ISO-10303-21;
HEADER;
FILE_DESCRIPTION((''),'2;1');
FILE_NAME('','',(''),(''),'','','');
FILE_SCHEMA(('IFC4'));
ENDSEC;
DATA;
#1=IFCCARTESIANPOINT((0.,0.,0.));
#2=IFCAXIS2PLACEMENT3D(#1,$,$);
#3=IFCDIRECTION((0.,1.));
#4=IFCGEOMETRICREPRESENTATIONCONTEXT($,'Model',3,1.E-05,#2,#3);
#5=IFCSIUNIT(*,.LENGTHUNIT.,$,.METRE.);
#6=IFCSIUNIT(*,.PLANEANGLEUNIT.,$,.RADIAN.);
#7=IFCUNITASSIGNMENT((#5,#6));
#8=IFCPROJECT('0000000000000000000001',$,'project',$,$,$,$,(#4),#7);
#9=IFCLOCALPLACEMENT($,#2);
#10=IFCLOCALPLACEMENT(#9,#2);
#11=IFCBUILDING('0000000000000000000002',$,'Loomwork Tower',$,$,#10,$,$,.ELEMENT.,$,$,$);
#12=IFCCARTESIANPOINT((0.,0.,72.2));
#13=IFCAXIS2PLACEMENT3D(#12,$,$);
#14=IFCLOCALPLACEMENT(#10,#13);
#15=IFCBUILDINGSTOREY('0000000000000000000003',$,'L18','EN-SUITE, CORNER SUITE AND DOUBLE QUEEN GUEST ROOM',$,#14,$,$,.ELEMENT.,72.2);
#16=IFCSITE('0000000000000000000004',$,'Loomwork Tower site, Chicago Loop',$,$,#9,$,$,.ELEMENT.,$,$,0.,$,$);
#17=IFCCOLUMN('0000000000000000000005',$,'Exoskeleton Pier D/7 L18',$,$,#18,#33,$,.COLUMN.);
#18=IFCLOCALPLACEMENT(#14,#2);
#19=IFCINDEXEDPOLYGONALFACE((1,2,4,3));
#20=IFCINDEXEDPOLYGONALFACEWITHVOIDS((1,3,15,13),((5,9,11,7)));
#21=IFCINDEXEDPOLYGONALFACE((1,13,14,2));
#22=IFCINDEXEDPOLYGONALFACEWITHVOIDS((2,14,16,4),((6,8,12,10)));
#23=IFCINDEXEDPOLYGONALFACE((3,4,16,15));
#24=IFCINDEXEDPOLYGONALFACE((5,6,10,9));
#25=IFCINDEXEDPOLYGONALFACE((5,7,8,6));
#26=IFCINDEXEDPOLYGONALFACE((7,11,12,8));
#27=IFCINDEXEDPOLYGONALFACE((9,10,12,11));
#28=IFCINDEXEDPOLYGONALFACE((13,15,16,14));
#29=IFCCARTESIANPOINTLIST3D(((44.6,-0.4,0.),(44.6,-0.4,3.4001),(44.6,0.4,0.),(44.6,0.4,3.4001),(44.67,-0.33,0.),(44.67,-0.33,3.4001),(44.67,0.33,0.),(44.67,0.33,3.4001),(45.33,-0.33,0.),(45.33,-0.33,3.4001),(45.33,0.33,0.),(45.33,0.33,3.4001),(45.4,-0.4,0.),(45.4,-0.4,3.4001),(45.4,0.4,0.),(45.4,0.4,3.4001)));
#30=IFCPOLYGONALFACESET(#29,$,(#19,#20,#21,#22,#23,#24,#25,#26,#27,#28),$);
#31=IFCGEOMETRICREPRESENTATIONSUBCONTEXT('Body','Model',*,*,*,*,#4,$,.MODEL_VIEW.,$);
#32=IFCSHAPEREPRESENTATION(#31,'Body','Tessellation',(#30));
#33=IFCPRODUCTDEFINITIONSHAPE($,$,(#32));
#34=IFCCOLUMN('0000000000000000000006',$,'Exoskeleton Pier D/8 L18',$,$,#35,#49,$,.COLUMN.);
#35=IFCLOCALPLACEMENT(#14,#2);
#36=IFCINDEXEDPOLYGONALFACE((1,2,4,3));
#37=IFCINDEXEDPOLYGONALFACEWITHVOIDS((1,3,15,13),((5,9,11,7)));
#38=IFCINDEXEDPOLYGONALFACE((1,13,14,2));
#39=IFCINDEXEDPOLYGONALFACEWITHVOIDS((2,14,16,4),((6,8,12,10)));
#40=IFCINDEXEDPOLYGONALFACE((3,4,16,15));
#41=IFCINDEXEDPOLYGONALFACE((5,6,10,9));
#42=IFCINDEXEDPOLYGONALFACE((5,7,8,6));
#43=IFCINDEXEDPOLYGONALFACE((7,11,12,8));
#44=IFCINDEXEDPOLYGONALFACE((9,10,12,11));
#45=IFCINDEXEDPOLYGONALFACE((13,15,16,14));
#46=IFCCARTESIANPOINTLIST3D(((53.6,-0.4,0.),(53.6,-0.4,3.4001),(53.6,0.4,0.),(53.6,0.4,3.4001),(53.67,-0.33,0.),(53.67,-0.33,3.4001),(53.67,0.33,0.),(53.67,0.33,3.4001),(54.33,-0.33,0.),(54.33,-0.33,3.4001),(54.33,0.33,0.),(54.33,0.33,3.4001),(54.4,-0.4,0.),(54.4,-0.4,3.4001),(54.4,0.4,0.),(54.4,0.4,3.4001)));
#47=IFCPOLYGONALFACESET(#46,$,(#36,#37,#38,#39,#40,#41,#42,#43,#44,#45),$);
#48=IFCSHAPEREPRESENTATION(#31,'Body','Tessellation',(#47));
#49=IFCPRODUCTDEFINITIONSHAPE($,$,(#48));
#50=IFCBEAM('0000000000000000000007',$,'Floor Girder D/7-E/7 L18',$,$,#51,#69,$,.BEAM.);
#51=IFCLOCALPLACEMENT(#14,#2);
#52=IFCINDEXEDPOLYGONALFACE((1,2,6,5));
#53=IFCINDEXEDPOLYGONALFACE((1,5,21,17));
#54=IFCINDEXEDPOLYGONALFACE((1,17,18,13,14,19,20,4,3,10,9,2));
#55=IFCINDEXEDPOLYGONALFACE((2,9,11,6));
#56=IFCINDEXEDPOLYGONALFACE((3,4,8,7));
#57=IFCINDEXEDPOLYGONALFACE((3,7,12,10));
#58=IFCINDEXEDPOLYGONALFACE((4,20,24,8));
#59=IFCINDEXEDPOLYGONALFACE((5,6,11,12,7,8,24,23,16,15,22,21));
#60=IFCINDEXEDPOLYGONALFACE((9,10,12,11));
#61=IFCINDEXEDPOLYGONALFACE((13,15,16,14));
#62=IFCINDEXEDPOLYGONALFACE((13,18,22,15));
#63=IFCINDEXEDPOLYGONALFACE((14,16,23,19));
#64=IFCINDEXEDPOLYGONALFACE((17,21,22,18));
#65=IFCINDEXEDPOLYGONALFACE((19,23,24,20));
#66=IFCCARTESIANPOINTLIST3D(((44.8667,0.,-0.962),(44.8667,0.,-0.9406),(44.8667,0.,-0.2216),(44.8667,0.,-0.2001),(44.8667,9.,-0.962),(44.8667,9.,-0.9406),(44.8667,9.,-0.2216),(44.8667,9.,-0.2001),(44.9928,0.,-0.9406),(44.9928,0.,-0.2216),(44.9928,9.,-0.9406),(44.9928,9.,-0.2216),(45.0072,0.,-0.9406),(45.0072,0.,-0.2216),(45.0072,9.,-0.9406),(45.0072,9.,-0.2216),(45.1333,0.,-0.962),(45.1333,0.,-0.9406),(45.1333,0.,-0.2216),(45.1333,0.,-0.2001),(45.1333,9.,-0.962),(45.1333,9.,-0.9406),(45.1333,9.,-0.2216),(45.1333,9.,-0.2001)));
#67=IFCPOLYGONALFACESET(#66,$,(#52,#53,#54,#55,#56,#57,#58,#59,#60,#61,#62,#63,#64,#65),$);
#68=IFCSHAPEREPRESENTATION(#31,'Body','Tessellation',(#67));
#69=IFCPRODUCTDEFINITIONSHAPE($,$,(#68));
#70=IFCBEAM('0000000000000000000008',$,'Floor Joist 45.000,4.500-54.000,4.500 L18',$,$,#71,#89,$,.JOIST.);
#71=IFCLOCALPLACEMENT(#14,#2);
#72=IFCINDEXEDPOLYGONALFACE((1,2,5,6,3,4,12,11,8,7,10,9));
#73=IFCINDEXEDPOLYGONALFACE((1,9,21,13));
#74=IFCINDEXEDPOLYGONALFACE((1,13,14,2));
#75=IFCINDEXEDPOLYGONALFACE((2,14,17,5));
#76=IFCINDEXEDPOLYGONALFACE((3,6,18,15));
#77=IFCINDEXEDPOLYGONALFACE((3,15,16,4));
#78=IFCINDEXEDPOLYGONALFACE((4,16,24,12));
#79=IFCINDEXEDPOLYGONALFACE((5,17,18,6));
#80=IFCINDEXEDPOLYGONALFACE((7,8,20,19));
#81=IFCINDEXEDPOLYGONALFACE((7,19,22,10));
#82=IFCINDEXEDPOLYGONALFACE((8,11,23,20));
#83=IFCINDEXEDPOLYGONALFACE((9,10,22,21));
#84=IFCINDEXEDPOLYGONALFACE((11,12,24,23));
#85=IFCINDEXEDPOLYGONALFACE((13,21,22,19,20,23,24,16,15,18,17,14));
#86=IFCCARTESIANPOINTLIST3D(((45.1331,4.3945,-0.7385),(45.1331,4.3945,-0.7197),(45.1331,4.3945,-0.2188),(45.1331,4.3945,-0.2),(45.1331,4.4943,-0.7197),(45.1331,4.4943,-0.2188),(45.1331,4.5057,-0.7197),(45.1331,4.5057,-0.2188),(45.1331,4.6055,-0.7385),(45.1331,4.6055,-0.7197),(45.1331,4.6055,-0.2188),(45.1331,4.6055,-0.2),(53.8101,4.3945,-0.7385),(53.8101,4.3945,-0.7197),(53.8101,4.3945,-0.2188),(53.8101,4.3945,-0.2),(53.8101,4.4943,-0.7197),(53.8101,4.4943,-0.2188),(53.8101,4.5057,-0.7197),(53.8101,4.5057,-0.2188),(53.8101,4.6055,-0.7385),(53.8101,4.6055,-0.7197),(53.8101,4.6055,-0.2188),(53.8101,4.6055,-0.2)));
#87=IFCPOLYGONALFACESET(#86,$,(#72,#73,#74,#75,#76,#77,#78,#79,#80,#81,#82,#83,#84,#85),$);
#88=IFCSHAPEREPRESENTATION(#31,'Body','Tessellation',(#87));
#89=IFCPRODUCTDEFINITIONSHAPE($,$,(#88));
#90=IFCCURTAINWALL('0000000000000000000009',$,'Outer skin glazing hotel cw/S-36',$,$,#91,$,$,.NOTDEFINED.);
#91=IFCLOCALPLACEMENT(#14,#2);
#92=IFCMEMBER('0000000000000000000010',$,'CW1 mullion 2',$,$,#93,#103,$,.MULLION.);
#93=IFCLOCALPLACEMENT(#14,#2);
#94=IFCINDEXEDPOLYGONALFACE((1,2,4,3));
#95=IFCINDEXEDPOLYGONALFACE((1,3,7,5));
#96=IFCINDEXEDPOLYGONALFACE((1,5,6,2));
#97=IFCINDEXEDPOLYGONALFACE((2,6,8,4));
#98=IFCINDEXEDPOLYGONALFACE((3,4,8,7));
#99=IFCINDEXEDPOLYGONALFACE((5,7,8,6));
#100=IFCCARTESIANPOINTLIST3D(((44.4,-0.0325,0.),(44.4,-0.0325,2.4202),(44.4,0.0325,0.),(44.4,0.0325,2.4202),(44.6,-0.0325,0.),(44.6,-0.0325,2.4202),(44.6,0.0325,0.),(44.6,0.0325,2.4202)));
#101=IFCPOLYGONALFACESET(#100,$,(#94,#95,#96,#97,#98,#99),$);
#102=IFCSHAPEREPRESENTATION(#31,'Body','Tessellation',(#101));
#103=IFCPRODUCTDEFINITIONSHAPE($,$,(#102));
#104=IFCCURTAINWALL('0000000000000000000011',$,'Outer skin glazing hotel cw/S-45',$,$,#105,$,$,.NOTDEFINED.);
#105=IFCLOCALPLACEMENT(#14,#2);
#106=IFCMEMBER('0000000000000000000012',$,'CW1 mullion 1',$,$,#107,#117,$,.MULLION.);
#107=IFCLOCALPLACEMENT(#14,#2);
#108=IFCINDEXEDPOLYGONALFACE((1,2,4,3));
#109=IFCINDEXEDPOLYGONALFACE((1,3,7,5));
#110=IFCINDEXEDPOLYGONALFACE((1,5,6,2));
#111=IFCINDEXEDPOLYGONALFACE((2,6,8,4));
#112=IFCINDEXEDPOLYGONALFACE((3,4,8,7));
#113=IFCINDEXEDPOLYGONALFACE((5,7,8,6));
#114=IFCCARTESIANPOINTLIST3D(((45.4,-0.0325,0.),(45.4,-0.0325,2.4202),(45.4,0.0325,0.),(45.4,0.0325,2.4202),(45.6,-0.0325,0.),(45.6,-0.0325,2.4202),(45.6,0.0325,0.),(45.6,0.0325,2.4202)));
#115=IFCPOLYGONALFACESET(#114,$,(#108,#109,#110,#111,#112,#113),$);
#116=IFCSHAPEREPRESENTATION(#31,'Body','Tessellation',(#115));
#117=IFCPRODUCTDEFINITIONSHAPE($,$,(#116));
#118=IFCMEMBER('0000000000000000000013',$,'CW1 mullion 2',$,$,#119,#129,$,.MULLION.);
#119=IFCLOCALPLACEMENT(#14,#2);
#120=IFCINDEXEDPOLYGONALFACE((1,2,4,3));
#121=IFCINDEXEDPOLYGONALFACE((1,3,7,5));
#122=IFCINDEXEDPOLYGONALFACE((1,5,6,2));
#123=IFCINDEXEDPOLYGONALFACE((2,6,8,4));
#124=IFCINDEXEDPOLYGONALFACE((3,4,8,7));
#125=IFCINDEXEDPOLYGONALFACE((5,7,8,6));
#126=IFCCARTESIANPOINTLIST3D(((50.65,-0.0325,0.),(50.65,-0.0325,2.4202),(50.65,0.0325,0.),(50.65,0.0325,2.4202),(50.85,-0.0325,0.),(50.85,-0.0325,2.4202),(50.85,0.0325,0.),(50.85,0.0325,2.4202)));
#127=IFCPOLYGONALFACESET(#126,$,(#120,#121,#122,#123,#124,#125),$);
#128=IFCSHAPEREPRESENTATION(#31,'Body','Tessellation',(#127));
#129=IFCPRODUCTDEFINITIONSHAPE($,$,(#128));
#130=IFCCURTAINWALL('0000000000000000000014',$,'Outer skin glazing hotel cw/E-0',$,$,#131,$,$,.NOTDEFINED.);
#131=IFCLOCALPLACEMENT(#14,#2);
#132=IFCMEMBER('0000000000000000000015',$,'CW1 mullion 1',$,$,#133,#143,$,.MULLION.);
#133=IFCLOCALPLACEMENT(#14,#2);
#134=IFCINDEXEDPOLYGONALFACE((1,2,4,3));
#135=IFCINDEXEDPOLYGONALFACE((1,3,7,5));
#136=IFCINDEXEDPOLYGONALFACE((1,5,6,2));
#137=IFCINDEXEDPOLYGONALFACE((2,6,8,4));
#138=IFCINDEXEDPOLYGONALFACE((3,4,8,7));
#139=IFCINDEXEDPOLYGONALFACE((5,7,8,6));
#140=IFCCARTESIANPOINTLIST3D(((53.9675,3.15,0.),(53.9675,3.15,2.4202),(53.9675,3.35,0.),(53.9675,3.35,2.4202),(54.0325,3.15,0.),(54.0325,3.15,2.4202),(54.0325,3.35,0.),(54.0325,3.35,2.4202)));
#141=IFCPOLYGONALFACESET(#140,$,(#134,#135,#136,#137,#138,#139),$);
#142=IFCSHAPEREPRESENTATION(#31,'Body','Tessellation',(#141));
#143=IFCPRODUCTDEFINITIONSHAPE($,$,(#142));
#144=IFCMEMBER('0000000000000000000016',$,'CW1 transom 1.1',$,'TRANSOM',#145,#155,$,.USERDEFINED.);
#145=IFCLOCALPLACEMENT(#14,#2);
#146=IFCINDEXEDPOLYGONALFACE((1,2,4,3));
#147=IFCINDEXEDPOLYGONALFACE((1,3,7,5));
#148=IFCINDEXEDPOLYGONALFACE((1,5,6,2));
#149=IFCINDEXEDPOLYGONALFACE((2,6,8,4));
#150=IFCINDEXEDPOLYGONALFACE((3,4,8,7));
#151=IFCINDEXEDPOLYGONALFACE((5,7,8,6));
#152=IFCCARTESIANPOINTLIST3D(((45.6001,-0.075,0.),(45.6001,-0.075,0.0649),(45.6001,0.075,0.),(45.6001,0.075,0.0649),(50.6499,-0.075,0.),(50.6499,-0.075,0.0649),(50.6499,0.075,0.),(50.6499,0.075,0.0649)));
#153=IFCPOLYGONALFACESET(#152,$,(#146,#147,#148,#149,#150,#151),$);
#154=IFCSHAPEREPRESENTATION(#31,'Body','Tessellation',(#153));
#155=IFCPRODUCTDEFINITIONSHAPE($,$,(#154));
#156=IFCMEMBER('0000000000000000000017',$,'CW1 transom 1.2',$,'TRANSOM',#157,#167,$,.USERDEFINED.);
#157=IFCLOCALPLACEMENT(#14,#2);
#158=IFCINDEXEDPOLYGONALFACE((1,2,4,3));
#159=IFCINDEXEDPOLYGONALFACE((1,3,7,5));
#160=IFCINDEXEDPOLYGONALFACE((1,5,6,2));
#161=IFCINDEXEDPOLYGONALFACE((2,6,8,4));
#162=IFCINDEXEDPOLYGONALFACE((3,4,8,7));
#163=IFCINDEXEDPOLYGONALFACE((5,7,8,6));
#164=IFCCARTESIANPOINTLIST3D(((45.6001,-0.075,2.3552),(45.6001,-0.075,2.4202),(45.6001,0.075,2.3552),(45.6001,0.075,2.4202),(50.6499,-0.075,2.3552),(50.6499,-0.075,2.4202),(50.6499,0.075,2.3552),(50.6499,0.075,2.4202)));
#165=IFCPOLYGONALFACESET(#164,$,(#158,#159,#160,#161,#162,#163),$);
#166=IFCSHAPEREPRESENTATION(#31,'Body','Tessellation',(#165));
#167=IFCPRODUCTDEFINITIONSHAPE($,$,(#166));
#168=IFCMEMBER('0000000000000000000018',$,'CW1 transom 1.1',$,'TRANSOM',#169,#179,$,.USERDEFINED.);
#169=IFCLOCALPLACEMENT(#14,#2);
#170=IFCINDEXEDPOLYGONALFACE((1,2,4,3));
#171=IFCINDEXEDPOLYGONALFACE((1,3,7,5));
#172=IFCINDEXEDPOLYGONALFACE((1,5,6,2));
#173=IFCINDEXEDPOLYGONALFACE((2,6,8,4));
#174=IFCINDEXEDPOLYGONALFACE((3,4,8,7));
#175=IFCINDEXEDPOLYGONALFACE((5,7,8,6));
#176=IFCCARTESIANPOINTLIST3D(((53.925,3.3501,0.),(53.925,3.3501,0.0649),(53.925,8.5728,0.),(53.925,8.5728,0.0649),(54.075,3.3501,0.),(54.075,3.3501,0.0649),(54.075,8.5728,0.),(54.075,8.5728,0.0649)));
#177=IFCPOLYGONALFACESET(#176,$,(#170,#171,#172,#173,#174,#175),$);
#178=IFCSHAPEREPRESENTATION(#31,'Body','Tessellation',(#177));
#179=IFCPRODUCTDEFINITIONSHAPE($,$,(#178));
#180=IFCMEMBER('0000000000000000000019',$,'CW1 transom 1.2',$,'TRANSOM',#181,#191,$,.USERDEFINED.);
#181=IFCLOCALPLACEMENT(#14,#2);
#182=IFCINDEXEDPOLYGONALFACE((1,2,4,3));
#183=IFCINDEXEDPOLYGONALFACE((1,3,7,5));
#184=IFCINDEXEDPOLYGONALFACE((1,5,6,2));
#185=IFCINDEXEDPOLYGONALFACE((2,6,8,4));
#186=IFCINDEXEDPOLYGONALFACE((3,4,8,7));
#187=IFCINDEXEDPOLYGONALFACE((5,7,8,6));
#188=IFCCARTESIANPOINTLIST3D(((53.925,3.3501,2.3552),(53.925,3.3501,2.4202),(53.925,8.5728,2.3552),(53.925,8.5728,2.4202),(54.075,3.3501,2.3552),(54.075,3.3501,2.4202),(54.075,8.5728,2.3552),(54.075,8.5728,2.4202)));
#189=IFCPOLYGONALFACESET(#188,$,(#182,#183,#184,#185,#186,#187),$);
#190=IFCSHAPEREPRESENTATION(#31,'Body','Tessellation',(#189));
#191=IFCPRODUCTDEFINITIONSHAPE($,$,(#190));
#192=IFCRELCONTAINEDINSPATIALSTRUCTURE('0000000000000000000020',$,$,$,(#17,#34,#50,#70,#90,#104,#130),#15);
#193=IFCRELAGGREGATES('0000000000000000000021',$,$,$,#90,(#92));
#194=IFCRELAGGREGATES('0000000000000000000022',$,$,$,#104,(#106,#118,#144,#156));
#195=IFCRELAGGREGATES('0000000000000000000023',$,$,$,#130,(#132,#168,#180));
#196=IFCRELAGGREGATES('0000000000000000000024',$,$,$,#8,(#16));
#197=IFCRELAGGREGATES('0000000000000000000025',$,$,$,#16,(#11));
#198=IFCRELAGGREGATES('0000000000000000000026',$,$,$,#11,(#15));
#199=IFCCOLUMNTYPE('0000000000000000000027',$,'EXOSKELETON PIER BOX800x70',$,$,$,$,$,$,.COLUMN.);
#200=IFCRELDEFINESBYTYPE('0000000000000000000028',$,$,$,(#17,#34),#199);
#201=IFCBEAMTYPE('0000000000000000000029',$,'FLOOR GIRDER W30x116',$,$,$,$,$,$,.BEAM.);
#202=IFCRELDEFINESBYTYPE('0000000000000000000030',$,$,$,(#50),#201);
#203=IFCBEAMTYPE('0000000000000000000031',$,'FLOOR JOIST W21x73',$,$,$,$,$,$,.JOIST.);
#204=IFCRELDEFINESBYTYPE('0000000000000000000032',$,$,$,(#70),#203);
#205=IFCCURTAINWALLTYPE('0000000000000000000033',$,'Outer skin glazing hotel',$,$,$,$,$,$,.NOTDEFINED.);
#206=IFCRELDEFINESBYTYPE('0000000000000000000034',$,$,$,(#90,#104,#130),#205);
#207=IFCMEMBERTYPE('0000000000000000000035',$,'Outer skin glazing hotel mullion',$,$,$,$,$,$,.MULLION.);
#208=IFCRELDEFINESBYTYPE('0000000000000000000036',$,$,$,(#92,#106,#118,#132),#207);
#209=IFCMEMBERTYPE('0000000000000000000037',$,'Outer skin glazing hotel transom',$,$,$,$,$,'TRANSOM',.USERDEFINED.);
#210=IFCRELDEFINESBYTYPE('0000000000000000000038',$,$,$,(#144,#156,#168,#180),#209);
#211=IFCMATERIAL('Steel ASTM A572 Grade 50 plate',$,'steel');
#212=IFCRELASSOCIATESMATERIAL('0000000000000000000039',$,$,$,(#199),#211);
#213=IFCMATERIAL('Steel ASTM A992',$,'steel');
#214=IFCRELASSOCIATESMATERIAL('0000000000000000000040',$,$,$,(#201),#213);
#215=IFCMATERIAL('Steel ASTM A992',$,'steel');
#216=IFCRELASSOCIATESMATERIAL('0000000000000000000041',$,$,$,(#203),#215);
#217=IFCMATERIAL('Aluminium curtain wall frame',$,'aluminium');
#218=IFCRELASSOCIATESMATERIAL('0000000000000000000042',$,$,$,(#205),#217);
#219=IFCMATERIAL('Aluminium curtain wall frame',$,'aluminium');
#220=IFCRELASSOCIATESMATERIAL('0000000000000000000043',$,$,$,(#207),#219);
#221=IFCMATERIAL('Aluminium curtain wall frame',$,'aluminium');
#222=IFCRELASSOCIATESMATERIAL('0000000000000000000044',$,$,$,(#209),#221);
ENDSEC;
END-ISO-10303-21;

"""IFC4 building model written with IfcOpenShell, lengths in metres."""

from ifc_helpers import new_model, si_unit, direction, frame, origin, origin_2d, place, context, subcontext, project, spatial, rectangle, hollow_rectangle, i_section, extrude, material, material_profile, profile_set, type_object, element, aggregate, save


model = new_model("IFC4")

# Units and contexts
model_context = context("Model", 3, precision=1e-05, world=origin(), true_north=direction((0.0, 1.0)))
body_context = subcontext(model_context, "Body", "Model", "MODEL_VIEW")
ifc_project = project(units=[si_unit("LENGTHUNIT", "METRE"), si_unit("PLANEANGLEUNIT", "RADIAN")], contexts=[model_context])

# Site, building, storey
site_placement = place(None, origin())
site = spatial("IfcSite", under=ifc_project, at=site_placement, Name="Loomwork Tower site, Chicago Loop", CompositionType="ELEMENT", RefElevation=0.0)
building_placement = place(site_placement, origin())
building = spatial("IfcBuilding", under=site, at=building_placement, Name="Loomwork Tower", CompositionType="ELEMENT")
storey_placement = place(building_placement, frame((0.0, 0.0, 72.2)))
storey = spatial("IfcBuildingStorey", under=building, at=storey_placement, Name="L18", Description="EN-SUITE, CORNER SUITE AND DOUBLE QUEEN GUEST ROOM", CompositionType="ELEMENT", Elevation=72.2)

# Columns
ifc_material_1 = material(Name="Steel ASTM A572 Grade 50 plate", Category="steel")
ifc_material_profile_1 = material_profile(ifc_material_1, hollow_rectangle(XDim=0.8, YDim=0.8, WallThickness=0.0701, at=origin_2d()), Name="BOX800x70")
ifc_profile_set_1 = profile_set([ifc_material_profile_1], Name="Steel ASTM A572 Grade 50 plate")
column_type = type_object("IfcColumnType", Name="EXOSKELETON PIER BOX800x70", PredefinedType="COLUMN", material=ifc_profile_set_1)
for number, where, z_axis, x_axis, name in (
    (1, (45.0, 0.0, 0.0), (0.0, 0.0, 1.0), (1.0, 0.0, 0.0), "Exoskeleton Pier D/7 L18"),
    (2, (54.0, 0.0, 0.0), (0.0, 0.0, 1.0), (1.0, 0.0, 0.0), "Exoskeleton Pier D/8 L18"),
):
    element("IfcColumn", number, at=place(storey_placement, frame(where, z_axis=z_axis, x_axis=x_axis)), inside=storey, type_object=column_type, Name=name, PredefinedType="COLUMN", context=body_context, shape_type="SweptSolid", body=[
        extrude(hollow_rectangle(XDim=0.8, YDim=0.8, WallThickness=0.0701, at=origin_2d()), origin(), (0.0, 0.0, 1.0), 3.4001),
    ])

# Beams
ifc_material_2 = material(Name="Steel ASTM A992", Category="steel")
ifc_material_profile_2 = material_profile(ifc_material_2, i_section(OverallWidth=0.2666, OverallDepth=0.762, WebThickness=0.0144, FlangeThickness=0.0215, at=origin_2d()), Name="W30x116")
ifc_profile_set_2 = profile_set([ifc_material_profile_2], Name="Steel ASTM A992")
beam_type_1 = type_object("IfcBeamType", Name="FLOOR GIRDER W30x116", PredefinedType="BEAM", material=ifc_profile_set_2)
beam_1_placement = place(storey_placement, frame((45.0, 0.0, -0.5811), z_axis=(0.0, 1.0, 0.0), x_axis=(-1.0, 0.0, 0.0)))
element("IfcBeam", 3, at=beam_1_placement, inside=storey, type_object=beam_type_1, Name="Floor Girder D/7-E/7 L18", PredefinedType="BEAM", context=body_context, shape_type="SweptSolid", body=[
    extrude(i_section(OverallWidth=0.2666, OverallDepth=0.762, WebThickness=0.0144, FlangeThickness=0.0215, at=origin_2d()), origin(), (0.0, 0.0, 1.0), 9.0),
])
ifc_material_3 = material(Name="Steel ASTM A992", Category="steel")
ifc_material_profile_3 = material_profile(ifc_material_3, i_section(OverallWidth=0.2109, OverallDepth=0.5386, WebThickness=0.0115, FlangeThickness=0.0188, at=origin_2d()), Name="W21x73")
ifc_profile_set_3 = profile_set([ifc_material_profile_3], Name="Steel ASTM A992")
beam_type_2 = type_object("IfcBeamType", Name="FLOOR JOIST W21x73", PredefinedType="JOIST", material=ifc_profile_set_3)
beam_2_placement = place(storey_placement, frame((45.1331, 4.5, -0.4692), z_axis=(1.0, 0.0, 0.0), x_axis=(0.0, 1.0, 0.0)))
element("IfcBeam", 4, at=beam_2_placement, inside=storey, type_object=beam_type_2, Name="Floor Joist 45.000,4.500-54.000,4.500 L18", PredefinedType="JOIST", context=body_context, shape_type="SweptSolid", body=[
    extrude(i_section(OverallWidth=0.2109, OverallDepth=0.5386, WebThickness=0.0115, FlangeThickness=0.0188, at=origin_2d()), origin(), (0.0, 0.0, 1.0), 8.677),
])

# Curtain wall, member
ifc_material_4 = material(Name="Aluminium curtain wall frame", Category="aluminium")
curtain_wall_type = type_object("IfcCurtainWallType", Name="Outer skin glazing hotel", PredefinedType="NOTDEFINED", material=ifc_material_4)
curtain_wall_1_placement = place(storey_placement, origin())
curtain_wall_1 = element("IfcCurtainWall", 5, at=curtain_wall_1_placement, inside=storey, type_object=curtain_wall_type, Name="Outer skin glazing hotel cw/S-36", PredefinedType="NOTDEFINED")
ifc_material_5 = material(Name="Aluminium curtain wall frame", Category="aluminium")
ifc_material_profile_4 = material_profile(ifc_material_5, rectangle(XDim=0.0649, YDim=0.2, at=origin_2d()), Name="AL 65x200")
ifc_profile_set_4 = profile_set([ifc_material_profile_4], Name="Aluminium curtain wall frame")
member_type_1 = type_object("IfcMemberType", Name="Outer skin glazing hotel mullion", PredefinedType="MULLION", material=ifc_profile_set_4)
member_1_placement = place(storey_placement, frame((44.5, 0.0, 0.0), z_axis=(0.0, 0.0, 1.0), x_axis=(0.0, 1.0, 0.0)))
member_1 = element("IfcMember", 6, at=member_1_placement, type_object=member_type_1, Name="CW1 mullion 2", PredefinedType="MULLION", context=body_context, shape_type="SweptSolid", body=[
    extrude(rectangle(XDim=0.0649, YDim=0.2, at=origin_2d()), origin(), (0.0, 0.0, 1.0), 2.4202),
])
aggregate(curtain_wall_1, [member_1])

# Curtain wall, members
curtain_wall_2_placement = place(storey_placement, origin())
curtain_wall_2 = element("IfcCurtainWall", 7, at=curtain_wall_2_placement, inside=storey, type_object=curtain_wall_type, Name="Outer skin glazing hotel cw/S-45", PredefinedType="NOTDEFINED")
member_2_placement = place(storey_placement, frame((45.5, 0.0, 0.0), z_axis=(0.0, 0.0, 1.0), x_axis=(0.0, 1.0, 0.0)))
member_2 = element("IfcMember", 8, at=member_2_placement, type_object=member_type_1, Name="CW1 mullion 1", PredefinedType="MULLION", context=body_context, shape_type="SweptSolid", body=[
    extrude(rectangle(XDim=0.0649, YDim=0.2, at=origin_2d()), origin(), (0.0, 0.0, 1.0), 2.4202),
])
member_3_placement = place(storey_placement, frame((50.75, 0.0, 0.0), z_axis=(0.0, 0.0, 1.0), x_axis=(0.0, 1.0, 0.0)))
member_3 = element("IfcMember", 9, at=member_3_placement, type_object=member_type_1, Name="CW1 mullion 2", PredefinedType="MULLION", context=body_context, shape_type="SweptSolid", body=[
    extrude(rectangle(XDim=0.0649, YDim=0.2, at=origin_2d()), origin(), (0.0, 0.0, 1.0), 2.4202),
])

# Curtain wall, member
curtain_wall_3_placement = place(storey_placement, origin())
curtain_wall_3 = element("IfcCurtainWall", 10, at=curtain_wall_3_placement, inside=storey, type_object=curtain_wall_type, Name="Outer skin glazing hotel cw/E-0", PredefinedType="NOTDEFINED")
member_4_placement = place(storey_placement, frame((54.0, 3.25, 0.0), z_axis=(0.0, 0.0, 1.0), x_axis=(-1.0, 0.0, 0.0)))
member_4 = element("IfcMember", 11, at=member_4_placement, type_object=member_type_1, Name="CW1 mullion 1", PredefinedType="MULLION", context=body_context, shape_type="SweptSolid", body=[
    extrude(rectangle(XDim=0.0649, YDim=0.2, at=origin_2d()), origin(), (0.0, 0.0, 1.0), 2.4202),
])

# Members
ifc_material_6 = material(Name="Aluminium curtain wall frame", Category="aluminium")
ifc_material_profile_5 = material_profile(ifc_material_6, rectangle(XDim=0.1499, YDim=0.0649, at=origin_2d()), Name="AL 65x150")
ifc_profile_set_5 = profile_set([ifc_material_profile_5], Name="Aluminium curtain wall frame")
member_type_2 = type_object("IfcMemberType", Name="Outer skin glazing hotel transom", ElementType="TRANSOM", PredefinedType="USERDEFINED", material=ifc_profile_set_5)
member_5_placement = place(storey_placement, frame((45.6001, 0.0, 0.0325), z_axis=(1.0, 0.0, 0.0), x_axis=(0.0, 1.0, 0.0)))
member_5 = element("IfcMember", 12, at=member_5_placement, type_object=member_type_2, Name="CW1 transom 1.1", ObjectType="TRANSOM", PredefinedType="USERDEFINED", context=body_context, shape_type="SweptSolid", body=[
    extrude(rectangle(XDim=0.1499, YDim=0.0649, at=origin_2d()), origin(), (0.0, 0.0, 1.0), 5.0498),
])
member_6_placement = place(storey_placement, frame((45.6001, 0.0, 2.3877), z_axis=(1.0, 0.0, 0.0), x_axis=(0.0, 1.0, 0.0)))
member_6 = element("IfcMember", 13, at=member_6_placement, type_object=member_type_2, Name="CW1 transom 1.2", ObjectType="TRANSOM", PredefinedType="USERDEFINED", context=body_context, shape_type="SweptSolid", body=[
    extrude(rectangle(XDim=0.1499, YDim=0.0649, at=origin_2d()), origin(), (0.0, 0.0, 1.0), 5.0498),
])
member_7_placement = place(storey_placement, frame((54.0, 3.3501, 0.0325), z_axis=(0.0, 1.0, 0.0), x_axis=(-1.0, 0.0, 0.0)))
member_7 = element("IfcMember", 14, at=member_7_placement, type_object=member_type_2, Name="CW1 transom 1.1", ObjectType="TRANSOM", PredefinedType="USERDEFINED", context=body_context, shape_type="SweptSolid", body=[
    extrude(rectangle(XDim=0.1499, YDim=0.0649, at=origin_2d()), origin(), (0.0, 0.0, 1.0), 5.2227),
])
member_8_placement = place(storey_placement, frame((54.0, 3.3501, 2.3877), z_axis=(0.0, 1.0, 0.0), x_axis=(-1.0, 0.0, 0.0)))
member_8 = element("IfcMember", 15, at=member_8_placement, type_object=member_type_2, Name="CW1 transom 1.2", ObjectType="TRANSOM", PredefinedType="USERDEFINED", context=body_context, shape_type="SweptSolid", body=[
    extrude(rectangle(XDim=0.1499, YDim=0.0649, at=origin_2d()), origin(), (0.0, 0.0, 1.0), 5.2227),
])

aggregate(curtain_wall_2, [member_2, member_3, member_5, member_6])
aggregate(curtain_wall_3, [member_4, member_7, member_8])

save(model, "model.ifc")
